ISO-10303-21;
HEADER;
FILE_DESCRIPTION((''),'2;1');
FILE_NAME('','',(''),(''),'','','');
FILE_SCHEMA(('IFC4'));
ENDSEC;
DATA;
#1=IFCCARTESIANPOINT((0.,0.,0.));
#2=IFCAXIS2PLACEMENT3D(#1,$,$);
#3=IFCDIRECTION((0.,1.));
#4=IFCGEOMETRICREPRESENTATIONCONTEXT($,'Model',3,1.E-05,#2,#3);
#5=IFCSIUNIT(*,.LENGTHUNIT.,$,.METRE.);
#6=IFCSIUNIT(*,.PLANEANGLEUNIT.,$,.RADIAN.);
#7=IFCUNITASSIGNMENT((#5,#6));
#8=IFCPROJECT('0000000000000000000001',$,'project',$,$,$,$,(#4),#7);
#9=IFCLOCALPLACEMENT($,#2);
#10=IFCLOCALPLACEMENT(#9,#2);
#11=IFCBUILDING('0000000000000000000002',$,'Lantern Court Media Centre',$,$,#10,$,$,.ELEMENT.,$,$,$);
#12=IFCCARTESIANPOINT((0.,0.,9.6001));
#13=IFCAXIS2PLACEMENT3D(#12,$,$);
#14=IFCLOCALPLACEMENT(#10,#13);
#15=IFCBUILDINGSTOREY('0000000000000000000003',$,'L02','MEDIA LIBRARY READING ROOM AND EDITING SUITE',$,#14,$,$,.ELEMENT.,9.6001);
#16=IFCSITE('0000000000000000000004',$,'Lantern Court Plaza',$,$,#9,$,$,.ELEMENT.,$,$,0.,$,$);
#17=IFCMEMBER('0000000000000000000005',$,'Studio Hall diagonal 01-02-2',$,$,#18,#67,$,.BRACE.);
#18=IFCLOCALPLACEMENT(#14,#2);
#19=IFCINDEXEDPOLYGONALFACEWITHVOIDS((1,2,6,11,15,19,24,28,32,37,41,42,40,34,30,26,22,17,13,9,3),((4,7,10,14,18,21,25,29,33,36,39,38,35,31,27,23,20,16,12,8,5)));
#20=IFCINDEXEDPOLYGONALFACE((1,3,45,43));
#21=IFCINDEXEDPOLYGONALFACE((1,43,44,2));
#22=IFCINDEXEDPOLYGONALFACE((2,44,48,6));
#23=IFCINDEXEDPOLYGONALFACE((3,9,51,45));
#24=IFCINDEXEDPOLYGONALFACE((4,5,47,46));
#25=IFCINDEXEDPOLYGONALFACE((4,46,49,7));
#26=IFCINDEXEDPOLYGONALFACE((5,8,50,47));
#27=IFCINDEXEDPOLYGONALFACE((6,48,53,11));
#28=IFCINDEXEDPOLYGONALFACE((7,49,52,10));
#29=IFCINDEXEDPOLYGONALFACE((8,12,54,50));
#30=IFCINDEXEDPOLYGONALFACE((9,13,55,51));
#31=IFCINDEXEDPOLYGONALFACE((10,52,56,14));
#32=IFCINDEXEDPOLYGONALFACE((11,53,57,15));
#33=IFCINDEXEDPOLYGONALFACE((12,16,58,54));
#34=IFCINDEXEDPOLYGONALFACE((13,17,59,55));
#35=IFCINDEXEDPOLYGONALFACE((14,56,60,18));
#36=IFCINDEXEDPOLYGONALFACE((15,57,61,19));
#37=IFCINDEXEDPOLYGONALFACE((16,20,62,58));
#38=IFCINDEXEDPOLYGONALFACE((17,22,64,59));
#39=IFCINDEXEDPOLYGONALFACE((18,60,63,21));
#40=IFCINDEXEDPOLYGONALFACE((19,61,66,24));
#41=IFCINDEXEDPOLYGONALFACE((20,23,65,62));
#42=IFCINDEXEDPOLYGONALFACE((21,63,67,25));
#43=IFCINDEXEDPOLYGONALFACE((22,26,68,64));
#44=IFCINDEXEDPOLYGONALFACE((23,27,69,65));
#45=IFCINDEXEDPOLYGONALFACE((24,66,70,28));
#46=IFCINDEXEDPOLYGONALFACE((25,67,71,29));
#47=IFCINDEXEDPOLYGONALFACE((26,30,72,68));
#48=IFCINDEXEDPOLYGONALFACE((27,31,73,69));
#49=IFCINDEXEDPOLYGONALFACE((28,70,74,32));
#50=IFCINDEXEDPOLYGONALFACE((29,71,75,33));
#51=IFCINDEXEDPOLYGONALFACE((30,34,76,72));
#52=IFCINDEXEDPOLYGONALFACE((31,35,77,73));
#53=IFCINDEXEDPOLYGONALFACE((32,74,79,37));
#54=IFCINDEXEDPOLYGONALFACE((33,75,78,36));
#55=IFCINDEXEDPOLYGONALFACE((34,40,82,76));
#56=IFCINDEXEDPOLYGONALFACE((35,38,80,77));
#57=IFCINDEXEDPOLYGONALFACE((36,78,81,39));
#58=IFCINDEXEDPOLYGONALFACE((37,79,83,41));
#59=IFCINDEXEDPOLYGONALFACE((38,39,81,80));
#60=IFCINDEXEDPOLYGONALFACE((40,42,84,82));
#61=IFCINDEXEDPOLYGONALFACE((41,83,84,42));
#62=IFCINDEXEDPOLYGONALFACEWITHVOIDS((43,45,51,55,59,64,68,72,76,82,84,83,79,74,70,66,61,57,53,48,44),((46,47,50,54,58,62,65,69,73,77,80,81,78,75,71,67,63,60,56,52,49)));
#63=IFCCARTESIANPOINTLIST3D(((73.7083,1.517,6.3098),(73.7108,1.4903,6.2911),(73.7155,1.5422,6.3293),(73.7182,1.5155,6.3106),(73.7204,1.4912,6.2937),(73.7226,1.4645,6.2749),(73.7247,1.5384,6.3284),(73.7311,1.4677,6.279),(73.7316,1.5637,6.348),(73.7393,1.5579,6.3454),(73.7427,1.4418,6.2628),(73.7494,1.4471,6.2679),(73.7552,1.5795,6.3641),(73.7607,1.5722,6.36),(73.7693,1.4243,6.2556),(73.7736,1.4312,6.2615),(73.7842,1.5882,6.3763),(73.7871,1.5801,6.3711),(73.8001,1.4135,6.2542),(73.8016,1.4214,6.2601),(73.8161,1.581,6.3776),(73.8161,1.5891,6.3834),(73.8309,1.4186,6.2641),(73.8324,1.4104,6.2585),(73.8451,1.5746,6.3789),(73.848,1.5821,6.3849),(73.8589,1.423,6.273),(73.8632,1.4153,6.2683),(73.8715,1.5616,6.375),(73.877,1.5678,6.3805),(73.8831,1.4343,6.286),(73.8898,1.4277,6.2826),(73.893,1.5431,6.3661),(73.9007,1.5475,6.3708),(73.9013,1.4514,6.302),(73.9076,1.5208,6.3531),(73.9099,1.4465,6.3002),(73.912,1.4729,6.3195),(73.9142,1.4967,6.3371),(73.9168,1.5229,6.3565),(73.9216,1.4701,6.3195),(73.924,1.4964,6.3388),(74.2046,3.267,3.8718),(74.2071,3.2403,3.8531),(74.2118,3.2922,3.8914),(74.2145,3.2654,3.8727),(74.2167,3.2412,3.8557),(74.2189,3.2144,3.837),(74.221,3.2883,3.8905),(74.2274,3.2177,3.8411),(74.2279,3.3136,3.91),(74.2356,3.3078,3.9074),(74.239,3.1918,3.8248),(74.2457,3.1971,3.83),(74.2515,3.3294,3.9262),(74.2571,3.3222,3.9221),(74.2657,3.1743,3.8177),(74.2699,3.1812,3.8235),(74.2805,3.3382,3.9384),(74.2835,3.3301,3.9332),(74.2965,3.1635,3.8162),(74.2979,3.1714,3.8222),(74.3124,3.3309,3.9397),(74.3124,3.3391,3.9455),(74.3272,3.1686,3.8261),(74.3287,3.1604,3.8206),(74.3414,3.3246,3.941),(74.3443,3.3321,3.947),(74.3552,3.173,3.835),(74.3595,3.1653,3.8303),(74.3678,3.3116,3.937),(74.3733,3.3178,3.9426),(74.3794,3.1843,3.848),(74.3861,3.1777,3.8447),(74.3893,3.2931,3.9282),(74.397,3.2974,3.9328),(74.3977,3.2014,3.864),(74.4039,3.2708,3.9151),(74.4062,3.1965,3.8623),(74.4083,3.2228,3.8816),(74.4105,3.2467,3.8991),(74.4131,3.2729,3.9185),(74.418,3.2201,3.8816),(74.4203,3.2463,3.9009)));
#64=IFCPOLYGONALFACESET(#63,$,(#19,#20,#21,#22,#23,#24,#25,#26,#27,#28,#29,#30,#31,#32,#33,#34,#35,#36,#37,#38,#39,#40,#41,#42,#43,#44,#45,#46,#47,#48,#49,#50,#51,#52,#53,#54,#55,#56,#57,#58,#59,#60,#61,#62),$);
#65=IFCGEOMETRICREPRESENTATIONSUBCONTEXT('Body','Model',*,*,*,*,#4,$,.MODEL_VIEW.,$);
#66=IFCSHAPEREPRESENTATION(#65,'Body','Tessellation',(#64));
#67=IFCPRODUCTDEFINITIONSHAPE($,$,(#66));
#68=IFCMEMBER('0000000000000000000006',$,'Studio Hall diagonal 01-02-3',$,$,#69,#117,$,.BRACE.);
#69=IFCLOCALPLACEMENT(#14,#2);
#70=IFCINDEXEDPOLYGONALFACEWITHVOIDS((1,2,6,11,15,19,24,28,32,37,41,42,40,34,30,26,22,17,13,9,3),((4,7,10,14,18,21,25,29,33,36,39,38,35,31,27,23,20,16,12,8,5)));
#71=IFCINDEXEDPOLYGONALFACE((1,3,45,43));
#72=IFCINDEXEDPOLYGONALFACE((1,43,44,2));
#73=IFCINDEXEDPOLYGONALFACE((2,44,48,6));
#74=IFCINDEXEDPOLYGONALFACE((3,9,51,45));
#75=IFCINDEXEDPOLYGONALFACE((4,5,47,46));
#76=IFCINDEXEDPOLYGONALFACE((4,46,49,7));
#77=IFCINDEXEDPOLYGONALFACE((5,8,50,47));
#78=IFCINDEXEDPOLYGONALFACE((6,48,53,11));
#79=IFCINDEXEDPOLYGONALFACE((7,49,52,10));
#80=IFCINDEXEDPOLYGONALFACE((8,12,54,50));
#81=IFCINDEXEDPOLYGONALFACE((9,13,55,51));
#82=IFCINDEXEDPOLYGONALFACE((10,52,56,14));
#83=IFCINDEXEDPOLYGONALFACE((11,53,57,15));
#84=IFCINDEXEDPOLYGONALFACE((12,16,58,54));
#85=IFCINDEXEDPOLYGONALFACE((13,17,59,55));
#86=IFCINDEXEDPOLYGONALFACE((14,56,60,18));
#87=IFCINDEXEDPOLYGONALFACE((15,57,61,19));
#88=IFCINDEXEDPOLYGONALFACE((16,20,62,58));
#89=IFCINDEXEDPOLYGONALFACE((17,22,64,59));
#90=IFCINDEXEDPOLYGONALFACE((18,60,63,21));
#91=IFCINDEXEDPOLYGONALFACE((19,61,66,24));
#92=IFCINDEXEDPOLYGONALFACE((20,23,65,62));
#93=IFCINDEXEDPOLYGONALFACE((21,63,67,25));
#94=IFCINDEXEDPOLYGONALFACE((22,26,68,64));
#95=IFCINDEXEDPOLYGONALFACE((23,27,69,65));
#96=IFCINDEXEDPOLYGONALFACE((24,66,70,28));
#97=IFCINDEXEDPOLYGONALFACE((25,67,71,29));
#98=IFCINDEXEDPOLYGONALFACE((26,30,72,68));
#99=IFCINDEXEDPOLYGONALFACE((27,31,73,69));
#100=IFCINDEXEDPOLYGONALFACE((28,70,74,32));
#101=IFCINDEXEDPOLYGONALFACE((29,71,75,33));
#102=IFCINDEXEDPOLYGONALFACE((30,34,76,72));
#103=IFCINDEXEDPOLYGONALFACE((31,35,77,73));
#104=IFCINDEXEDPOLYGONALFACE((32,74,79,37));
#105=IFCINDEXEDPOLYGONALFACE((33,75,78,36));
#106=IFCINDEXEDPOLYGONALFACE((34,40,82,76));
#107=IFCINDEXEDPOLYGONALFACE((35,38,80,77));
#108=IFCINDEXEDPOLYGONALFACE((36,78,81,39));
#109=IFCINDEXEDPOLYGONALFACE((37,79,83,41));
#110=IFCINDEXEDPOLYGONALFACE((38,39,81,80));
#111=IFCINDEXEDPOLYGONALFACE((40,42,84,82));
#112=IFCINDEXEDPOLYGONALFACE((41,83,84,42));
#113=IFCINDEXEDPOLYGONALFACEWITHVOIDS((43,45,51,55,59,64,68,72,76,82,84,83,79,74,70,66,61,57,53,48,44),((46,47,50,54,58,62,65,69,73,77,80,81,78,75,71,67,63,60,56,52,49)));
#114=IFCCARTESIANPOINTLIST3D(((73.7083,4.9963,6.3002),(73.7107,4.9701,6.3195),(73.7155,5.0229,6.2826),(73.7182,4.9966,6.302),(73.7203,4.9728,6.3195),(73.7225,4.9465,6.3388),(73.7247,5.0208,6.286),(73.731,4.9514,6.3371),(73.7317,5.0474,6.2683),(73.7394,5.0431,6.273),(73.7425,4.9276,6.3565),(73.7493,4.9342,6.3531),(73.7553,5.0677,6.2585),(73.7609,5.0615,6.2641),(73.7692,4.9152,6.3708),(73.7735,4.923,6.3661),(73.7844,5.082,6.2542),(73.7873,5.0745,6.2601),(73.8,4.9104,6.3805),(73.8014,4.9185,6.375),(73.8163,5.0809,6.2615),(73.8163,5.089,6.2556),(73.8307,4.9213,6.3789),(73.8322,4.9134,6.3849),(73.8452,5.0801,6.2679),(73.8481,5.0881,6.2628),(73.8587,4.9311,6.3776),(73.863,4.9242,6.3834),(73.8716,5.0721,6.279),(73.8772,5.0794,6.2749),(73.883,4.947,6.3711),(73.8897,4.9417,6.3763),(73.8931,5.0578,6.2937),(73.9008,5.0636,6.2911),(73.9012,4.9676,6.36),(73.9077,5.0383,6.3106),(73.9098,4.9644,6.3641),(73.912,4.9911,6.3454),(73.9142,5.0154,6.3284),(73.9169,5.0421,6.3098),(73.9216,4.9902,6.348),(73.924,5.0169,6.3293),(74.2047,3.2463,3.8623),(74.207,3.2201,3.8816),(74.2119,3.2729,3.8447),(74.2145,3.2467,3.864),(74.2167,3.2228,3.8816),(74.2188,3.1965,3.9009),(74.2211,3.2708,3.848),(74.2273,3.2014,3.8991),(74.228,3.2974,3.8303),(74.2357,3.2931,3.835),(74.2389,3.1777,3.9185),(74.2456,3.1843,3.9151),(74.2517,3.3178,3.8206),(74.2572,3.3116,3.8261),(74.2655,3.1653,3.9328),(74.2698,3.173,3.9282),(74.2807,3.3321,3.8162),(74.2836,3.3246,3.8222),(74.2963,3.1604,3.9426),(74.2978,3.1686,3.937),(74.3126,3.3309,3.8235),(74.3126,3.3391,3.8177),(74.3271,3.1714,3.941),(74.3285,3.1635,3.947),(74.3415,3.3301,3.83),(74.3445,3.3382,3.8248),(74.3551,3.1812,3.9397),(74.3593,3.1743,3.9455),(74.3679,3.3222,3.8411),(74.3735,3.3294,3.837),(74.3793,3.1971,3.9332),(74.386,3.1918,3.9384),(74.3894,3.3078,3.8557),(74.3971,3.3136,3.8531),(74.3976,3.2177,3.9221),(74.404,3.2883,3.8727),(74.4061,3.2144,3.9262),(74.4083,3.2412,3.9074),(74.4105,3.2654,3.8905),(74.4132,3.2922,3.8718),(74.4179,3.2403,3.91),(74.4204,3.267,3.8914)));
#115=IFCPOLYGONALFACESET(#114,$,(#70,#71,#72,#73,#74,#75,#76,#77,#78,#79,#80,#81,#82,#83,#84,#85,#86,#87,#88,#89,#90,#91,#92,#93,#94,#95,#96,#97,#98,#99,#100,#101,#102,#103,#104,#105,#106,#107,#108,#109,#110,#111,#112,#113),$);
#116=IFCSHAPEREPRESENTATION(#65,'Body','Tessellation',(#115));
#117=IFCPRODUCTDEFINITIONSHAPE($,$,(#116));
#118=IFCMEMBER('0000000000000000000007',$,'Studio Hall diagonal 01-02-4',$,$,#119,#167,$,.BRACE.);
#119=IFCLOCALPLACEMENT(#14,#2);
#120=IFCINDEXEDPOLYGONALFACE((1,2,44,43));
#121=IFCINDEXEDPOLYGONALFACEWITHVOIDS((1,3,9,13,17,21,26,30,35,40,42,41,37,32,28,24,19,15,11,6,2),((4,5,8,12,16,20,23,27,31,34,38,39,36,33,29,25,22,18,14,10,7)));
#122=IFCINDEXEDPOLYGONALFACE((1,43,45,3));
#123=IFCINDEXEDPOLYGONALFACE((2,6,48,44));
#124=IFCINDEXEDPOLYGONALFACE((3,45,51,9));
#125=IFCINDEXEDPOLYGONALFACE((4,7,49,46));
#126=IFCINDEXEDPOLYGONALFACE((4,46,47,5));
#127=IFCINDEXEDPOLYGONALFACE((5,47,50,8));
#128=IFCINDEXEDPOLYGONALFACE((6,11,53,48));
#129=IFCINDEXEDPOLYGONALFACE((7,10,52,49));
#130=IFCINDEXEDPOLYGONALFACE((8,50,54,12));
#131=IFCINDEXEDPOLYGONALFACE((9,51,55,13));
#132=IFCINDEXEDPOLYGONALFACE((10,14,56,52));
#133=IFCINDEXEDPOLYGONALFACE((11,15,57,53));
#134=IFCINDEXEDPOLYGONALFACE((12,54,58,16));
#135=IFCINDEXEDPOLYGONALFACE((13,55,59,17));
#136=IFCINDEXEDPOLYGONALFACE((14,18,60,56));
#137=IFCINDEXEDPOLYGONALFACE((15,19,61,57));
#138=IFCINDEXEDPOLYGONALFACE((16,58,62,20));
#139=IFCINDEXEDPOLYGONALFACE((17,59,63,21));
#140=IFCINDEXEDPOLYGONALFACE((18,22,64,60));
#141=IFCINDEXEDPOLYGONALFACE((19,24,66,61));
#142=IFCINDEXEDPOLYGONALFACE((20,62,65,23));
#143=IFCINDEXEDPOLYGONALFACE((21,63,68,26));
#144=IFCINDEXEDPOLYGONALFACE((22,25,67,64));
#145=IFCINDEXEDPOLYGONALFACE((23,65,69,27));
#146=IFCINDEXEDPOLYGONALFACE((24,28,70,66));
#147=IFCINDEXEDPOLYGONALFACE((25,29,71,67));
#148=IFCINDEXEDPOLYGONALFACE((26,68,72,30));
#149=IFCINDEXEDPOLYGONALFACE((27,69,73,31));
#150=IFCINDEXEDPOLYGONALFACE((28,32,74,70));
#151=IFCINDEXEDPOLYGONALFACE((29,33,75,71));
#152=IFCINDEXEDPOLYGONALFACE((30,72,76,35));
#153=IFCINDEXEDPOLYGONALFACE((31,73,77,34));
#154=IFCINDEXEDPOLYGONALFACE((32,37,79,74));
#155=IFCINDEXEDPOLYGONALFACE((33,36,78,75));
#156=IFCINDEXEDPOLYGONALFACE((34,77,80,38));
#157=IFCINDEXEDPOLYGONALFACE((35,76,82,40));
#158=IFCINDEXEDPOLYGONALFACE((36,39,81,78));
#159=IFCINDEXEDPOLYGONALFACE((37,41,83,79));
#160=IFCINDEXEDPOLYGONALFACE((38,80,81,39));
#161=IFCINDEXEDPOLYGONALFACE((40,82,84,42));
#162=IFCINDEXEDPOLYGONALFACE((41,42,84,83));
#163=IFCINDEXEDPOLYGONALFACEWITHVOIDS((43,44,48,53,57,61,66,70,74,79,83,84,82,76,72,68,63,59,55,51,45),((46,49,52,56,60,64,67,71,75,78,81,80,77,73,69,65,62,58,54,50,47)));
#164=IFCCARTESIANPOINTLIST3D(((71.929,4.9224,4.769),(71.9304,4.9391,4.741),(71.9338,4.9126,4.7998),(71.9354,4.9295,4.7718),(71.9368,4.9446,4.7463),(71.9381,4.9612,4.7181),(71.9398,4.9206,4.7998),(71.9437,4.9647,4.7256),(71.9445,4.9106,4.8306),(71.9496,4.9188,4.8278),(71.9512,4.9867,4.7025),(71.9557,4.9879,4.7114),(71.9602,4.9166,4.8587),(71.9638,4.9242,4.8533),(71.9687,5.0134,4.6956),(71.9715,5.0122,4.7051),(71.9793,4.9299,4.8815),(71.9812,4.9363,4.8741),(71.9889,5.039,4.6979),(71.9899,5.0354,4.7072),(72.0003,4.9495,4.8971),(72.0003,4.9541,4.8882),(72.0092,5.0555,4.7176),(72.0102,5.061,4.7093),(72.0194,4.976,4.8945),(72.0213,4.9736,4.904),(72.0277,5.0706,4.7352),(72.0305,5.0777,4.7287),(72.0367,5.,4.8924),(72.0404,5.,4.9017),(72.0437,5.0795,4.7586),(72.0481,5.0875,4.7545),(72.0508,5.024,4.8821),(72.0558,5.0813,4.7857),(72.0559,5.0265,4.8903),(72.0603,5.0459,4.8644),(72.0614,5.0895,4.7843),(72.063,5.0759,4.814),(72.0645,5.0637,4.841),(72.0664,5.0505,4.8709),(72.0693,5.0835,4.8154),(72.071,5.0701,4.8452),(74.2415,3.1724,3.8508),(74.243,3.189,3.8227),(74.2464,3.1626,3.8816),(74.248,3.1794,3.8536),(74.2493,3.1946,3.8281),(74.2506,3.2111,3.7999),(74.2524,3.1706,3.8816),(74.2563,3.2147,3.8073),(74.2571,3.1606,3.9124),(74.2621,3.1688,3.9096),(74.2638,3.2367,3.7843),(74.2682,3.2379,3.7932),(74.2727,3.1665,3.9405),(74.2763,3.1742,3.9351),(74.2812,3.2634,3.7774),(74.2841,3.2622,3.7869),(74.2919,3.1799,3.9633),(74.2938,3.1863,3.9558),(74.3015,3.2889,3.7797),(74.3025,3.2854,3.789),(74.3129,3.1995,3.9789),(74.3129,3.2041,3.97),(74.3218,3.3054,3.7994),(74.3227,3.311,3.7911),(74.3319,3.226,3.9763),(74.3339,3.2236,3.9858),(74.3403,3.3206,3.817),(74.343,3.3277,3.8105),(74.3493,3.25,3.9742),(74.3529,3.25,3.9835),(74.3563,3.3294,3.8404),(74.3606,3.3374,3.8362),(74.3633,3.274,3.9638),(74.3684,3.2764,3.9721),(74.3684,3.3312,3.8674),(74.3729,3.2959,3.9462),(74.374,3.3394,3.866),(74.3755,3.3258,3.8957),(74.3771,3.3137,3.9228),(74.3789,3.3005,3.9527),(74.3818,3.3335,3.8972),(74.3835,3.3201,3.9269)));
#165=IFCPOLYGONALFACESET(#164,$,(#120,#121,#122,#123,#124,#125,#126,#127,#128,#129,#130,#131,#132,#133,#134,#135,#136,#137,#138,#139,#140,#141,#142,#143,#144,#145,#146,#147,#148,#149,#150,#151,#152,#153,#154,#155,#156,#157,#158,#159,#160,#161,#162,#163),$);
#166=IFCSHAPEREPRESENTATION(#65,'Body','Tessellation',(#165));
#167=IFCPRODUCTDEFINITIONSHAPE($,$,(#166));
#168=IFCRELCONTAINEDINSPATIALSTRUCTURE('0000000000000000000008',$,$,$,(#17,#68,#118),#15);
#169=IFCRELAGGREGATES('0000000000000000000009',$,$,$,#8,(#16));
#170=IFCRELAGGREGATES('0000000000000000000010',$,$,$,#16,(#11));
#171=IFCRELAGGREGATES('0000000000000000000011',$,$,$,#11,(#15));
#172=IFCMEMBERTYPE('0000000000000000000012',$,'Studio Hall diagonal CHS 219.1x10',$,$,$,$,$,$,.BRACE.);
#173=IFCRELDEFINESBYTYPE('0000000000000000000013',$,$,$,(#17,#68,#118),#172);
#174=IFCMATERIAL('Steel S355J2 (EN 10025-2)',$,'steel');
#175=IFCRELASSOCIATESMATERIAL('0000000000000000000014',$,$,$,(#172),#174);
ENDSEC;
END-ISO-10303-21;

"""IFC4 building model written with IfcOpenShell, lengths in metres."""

from ifc_helpers import new_model, si_unit, direction, frame, origin, origin_2d, place, context, subcontext, project, spatial, hollow_circle, extrude, material, material_profile, profile_set, type_object, element, save


model = new_model("IFC4")

# Units and contexts
model_context = context("Model", 3, precision=1e-05, world=origin(), true_north=direction((0.0, 1.0)))
body_context = subcontext(model_context, "Body", "Model", "MODEL_VIEW")
ifc_project = project(units=[si_unit("LENGTHUNIT", "METRE"), si_unit("PLANEANGLEUNIT", "RADIAN")], contexts=[model_context])

# Site, building, storey
site_placement = place(None, origin())
site = spatial("IfcSite", under=ifc_project, at=site_placement, Name="Lantern Court Plaza", CompositionType="ELEMENT", RefElevation=0.0)
building_placement = place(site_placement, origin())
building = spatial("IfcBuilding", under=site, at=building_placement, Name="Lantern Court Media Centre", CompositionType="ELEMENT")
storey_placement = place(building_placement, frame((0.0, 0.0, 9.6001)))
storey = spatial("IfcBuildingStorey", under=building, at=storey_placement, Name="L02", Description="MEDIA LIBRARY READING ROOM AND EDITING SUITE", CompositionType="ELEMENT", Elevation=9.6001)

# Members
ifc_material_1 = material(Name="Steel S355J2 (EN 10025-2)", Category="steel")
ifc_material_profile_1 = material_profile(ifc_material_1, hollow_circle(Radius=0.1096, WallThickness=0.01, at=origin_2d()), Name="Studio Hall diagonal CHS 219.1x10")
ifc_profile_set_1 = profile_set([ifc_material_profile_1], Name="Steel S355J2 (EN 10025-2)")
member_type_1 = type_object("IfcMemberType", Name="Studio Hall diagonal CHS 219.1x10", PredefinedType="BRACE", material=ifc_profile_set_1)
for number, where, z_axis, x_axis, name in (
    (1, (74.3125, 3.25, 3.8816), (-0.163172, -0.575314, 0.801491), (0.962054, -0.272859, 0.0), "Studio Hall diagonal 01-02-2"),
    (2, (74.3125, 3.25, 3.8816), (-0.163172, 0.575314, 0.801491), (-0.962054, -0.272859, 0.0), "Studio Hall diagonal 01-02-3"),
):
    element("IfcMember", number, at=place(storey_placement, frame(where, z_axis=z_axis, x_axis=x_axis)), inside=storey, type_object=member_type_1, Name=name, PredefinedType="BRACE", context=body_context, shape_type="SweptSolid", body=[
        extrude(hollow_circle(Radius=0.1096, WallThickness=0.01, at=origin_2d()), origin(), (0.0, 0.0, 1.0), 3.0417),
    ])
member_1_placement = place(storey_placement, frame((74.3125, 3.25, 3.8816), z_axis=(-0.760211, 0.575295, 0.301853), x_axis=(-0.603443, -0.797406, 0.0)))
element("IfcMember", 3, at=member_1_placement, inside=storey, type_object=member_type_1, Name="Studio Hall diagonal 01-02-4", PredefinedType="BRACE", context=body_context, shape_type="SweptSolid", body=[
    extrude(hollow_circle(Radius=0.1096, WallThickness=0.01, at=origin_2d()), origin(), (0.0, 0.0, 1.0), 3.042),
])

save(model, "model.ifc")
